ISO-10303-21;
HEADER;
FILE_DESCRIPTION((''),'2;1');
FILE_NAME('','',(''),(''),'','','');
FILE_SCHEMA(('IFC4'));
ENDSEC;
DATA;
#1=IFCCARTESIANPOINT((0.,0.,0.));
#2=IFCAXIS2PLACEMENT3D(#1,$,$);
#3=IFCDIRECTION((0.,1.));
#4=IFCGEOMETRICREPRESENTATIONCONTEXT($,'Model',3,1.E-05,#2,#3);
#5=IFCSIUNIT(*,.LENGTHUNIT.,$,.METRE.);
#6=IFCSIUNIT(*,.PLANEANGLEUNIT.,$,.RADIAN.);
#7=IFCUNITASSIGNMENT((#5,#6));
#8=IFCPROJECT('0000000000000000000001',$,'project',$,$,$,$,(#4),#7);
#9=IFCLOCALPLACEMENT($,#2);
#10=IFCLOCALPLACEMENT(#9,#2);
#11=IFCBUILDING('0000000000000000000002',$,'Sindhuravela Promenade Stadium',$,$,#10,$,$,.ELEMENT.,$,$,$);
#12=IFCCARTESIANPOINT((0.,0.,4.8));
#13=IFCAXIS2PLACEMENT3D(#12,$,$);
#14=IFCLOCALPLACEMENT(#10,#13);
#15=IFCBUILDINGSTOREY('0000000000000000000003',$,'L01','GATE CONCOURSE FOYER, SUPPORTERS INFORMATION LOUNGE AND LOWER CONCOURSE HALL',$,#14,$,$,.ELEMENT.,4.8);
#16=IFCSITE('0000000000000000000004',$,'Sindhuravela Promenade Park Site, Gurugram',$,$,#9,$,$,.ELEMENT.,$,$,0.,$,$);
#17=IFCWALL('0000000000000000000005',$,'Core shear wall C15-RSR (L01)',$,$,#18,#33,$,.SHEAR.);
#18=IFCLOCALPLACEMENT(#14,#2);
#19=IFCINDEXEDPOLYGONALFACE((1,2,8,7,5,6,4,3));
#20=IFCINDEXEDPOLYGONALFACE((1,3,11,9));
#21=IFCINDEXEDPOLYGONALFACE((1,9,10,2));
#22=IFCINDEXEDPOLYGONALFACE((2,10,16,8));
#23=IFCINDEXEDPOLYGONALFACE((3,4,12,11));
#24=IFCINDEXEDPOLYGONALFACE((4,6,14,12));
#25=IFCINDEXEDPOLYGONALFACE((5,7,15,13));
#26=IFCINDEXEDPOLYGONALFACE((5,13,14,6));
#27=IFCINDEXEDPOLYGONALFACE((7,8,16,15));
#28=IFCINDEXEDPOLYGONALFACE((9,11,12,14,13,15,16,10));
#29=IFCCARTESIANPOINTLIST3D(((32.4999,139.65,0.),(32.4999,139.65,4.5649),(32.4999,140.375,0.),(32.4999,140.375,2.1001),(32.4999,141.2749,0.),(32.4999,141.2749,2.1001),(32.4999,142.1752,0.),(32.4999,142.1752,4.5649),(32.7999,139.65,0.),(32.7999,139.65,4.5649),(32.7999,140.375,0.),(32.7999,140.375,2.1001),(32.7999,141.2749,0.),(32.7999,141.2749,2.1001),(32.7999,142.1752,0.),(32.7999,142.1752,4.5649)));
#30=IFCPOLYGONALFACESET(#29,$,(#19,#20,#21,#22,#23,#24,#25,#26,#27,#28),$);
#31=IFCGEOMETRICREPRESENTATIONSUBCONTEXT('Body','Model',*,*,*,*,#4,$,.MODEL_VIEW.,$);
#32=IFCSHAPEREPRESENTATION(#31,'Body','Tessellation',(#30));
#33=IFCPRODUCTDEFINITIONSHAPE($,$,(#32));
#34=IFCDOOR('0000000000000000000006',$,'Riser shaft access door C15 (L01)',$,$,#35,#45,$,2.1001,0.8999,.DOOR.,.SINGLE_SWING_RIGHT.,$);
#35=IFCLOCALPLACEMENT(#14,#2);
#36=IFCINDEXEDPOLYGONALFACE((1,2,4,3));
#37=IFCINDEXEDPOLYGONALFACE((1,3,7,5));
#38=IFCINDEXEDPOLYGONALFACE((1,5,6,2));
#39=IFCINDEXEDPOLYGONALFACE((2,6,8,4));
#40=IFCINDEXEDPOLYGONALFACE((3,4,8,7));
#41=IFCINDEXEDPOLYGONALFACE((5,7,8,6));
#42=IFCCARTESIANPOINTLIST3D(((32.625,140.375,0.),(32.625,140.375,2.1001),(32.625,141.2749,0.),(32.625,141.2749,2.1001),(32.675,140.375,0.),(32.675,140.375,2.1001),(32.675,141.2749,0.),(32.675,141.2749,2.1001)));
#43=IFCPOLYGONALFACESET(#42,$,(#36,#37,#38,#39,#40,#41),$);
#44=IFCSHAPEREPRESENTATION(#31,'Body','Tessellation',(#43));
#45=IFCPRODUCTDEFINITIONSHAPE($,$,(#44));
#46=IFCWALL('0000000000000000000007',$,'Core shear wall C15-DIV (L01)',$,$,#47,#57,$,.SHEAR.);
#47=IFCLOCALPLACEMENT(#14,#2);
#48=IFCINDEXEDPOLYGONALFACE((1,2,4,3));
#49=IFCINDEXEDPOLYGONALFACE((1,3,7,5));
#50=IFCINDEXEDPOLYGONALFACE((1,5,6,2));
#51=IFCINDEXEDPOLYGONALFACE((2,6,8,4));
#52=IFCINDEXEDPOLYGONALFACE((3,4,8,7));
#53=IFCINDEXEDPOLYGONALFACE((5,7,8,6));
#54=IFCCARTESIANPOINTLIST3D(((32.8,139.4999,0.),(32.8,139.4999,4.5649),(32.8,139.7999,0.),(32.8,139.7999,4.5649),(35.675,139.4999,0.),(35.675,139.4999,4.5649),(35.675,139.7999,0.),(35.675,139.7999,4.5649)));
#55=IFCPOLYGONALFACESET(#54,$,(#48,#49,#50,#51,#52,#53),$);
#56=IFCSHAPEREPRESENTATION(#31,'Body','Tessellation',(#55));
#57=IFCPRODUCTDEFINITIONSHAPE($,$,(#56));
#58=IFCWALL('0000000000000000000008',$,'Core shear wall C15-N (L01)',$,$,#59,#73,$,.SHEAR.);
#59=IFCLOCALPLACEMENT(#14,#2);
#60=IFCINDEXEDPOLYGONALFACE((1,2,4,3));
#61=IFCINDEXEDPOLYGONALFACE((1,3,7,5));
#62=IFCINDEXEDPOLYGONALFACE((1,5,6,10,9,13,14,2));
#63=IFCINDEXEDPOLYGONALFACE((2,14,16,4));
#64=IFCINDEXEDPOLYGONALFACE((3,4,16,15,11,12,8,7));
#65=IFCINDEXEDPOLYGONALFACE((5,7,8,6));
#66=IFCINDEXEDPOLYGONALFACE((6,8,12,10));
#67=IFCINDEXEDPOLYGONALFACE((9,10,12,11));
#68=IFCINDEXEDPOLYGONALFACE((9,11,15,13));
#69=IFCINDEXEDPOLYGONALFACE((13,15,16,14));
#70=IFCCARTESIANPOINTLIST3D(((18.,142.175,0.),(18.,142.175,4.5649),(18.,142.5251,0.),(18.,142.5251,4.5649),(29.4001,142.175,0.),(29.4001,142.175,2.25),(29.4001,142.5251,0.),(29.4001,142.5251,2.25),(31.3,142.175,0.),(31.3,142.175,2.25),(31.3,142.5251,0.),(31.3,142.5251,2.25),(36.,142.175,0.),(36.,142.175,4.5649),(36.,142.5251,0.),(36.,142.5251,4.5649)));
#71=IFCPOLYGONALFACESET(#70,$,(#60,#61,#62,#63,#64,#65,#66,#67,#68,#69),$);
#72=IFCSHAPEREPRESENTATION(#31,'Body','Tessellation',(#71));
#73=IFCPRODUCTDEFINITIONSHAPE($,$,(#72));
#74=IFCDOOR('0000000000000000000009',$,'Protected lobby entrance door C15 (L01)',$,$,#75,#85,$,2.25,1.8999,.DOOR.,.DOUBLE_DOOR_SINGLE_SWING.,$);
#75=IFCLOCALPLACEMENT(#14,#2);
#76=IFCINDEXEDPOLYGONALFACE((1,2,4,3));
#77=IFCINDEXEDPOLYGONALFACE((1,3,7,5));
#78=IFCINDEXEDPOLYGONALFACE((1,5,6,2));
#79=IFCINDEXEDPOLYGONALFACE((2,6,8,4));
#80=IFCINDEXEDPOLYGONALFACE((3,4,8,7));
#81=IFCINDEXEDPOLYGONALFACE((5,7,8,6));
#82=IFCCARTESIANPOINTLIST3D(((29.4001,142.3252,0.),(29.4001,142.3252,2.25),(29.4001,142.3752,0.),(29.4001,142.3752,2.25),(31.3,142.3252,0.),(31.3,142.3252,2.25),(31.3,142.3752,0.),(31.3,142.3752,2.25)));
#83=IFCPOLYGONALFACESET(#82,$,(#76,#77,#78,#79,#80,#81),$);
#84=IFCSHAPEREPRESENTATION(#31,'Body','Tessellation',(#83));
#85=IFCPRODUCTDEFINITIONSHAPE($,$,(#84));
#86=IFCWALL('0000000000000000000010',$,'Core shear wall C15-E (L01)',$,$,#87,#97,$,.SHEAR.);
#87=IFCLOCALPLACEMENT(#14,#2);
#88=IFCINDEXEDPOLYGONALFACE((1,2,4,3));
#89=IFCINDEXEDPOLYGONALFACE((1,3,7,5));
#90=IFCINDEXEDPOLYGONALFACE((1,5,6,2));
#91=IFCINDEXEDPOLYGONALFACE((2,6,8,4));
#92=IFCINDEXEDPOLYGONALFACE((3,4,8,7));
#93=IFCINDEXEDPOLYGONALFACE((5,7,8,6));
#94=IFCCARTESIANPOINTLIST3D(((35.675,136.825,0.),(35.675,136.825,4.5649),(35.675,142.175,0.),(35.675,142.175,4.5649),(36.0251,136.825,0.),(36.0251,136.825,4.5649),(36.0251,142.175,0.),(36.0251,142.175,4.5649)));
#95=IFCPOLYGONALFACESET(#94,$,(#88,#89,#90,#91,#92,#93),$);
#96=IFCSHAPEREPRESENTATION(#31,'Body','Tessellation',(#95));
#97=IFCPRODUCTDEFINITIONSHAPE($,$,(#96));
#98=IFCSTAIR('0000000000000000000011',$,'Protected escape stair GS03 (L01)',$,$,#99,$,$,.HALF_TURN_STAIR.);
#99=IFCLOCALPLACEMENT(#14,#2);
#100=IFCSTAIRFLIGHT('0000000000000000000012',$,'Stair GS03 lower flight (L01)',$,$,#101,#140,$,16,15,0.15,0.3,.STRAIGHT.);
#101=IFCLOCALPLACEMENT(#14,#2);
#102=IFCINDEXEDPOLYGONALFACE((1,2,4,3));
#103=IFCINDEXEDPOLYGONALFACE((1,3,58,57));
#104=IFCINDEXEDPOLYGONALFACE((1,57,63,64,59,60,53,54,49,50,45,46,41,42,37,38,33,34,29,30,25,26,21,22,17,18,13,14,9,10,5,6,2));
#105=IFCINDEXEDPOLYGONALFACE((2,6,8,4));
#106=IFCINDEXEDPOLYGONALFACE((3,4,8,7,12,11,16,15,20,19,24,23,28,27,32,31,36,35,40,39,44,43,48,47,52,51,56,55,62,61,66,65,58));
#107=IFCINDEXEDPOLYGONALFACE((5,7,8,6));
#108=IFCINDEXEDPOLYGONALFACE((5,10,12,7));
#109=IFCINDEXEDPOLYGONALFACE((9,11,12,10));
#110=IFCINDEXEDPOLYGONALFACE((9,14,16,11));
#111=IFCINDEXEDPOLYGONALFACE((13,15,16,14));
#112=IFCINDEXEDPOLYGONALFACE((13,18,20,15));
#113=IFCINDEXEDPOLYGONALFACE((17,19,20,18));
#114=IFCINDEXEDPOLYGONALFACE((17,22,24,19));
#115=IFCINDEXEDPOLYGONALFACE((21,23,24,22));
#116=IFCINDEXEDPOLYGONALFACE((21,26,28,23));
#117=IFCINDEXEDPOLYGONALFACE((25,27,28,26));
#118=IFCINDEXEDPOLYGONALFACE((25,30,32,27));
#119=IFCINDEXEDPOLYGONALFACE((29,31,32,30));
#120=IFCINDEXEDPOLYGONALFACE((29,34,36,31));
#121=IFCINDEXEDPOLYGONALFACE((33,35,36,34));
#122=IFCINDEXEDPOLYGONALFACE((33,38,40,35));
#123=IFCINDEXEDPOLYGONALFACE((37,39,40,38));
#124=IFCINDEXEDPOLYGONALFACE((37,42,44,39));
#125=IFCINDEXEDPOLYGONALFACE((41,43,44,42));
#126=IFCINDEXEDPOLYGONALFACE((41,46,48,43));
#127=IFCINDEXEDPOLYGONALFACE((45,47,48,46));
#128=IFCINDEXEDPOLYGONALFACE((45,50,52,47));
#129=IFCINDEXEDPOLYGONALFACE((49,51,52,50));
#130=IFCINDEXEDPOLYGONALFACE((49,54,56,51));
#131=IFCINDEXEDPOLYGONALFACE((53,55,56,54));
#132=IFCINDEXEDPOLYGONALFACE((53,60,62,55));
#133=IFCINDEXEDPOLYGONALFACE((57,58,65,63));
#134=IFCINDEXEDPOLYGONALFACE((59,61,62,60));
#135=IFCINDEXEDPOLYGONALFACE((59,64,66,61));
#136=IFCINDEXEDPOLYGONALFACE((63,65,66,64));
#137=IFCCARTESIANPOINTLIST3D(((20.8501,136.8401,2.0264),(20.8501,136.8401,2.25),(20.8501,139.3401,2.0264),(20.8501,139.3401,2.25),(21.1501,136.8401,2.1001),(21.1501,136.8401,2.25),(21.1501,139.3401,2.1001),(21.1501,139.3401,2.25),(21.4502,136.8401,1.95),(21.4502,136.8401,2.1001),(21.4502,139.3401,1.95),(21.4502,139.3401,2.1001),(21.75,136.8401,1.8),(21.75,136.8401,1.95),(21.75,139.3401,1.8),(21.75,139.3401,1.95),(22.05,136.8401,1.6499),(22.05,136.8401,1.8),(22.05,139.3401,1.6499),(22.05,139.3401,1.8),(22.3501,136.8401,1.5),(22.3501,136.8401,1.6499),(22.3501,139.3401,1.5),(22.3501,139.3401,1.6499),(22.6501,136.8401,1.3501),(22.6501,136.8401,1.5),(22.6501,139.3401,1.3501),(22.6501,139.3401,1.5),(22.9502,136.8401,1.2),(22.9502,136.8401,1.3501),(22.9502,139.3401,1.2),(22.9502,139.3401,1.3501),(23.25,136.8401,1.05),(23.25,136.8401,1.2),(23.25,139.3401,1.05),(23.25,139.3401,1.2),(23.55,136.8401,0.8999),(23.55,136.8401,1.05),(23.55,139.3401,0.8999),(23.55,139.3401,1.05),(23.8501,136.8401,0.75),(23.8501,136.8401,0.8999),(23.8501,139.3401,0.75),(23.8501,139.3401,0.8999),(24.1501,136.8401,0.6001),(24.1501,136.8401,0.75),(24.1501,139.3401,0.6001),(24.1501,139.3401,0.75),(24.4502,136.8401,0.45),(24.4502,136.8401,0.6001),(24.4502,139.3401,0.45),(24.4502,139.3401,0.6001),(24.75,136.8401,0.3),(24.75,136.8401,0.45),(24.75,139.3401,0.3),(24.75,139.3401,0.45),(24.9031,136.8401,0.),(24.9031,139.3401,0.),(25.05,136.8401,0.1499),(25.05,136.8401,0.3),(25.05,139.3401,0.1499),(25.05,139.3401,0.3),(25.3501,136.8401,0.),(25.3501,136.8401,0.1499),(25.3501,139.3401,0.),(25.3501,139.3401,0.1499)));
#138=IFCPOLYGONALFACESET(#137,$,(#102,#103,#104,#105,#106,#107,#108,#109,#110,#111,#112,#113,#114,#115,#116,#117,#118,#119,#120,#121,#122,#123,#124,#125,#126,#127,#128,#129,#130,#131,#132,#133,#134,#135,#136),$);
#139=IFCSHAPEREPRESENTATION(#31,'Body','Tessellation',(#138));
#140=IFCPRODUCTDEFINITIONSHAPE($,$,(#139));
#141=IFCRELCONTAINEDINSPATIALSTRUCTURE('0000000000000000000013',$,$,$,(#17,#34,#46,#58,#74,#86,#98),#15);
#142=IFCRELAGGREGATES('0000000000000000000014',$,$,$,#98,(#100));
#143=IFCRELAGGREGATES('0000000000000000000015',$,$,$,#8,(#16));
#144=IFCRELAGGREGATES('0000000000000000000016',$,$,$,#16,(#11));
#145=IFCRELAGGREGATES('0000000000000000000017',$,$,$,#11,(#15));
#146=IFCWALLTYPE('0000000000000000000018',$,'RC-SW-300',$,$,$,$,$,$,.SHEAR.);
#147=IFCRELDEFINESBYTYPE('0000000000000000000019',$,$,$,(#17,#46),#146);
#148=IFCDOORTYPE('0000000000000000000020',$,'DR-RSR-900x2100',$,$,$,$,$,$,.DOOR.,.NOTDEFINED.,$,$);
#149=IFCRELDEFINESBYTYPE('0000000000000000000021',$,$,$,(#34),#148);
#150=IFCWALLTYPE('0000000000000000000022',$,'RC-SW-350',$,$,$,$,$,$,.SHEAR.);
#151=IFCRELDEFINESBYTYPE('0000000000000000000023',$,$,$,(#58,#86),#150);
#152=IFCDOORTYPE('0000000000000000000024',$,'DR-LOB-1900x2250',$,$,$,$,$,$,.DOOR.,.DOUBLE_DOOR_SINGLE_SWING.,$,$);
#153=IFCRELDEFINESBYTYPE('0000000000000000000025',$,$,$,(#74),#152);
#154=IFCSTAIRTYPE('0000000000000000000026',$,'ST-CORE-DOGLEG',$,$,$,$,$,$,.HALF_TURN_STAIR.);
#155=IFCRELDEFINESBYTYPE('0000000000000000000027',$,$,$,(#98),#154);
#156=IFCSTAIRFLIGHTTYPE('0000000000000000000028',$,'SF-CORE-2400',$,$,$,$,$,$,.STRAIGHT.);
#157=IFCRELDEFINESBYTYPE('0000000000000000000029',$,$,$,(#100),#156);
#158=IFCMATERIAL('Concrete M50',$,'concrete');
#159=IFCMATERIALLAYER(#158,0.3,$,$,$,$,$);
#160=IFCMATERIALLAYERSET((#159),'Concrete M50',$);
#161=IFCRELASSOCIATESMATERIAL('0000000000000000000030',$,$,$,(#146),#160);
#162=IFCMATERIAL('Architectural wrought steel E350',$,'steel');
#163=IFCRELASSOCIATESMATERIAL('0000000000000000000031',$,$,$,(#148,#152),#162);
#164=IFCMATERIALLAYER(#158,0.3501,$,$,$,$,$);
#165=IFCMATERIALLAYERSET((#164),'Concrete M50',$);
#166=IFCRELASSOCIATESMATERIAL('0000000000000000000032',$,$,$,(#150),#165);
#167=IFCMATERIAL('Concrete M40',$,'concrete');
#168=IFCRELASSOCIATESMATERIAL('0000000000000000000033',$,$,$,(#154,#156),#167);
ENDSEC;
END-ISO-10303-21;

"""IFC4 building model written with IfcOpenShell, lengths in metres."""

from ifc_helpers import new_model, si_unit, direction, frame, frame_2d, origin, place, context, subcontext, project, spatial, polyline, rectangle, outline, extrude, material, layer, layer_set, type_object, element, fill, aggregate, save


model = new_model("IFC4")

# Units and contexts
model_context = context("Model", 3, precision=1e-05, world=origin(), true_north=direction((0.0, 1.0)))
body_context = subcontext(model_context, "Body", "Model", "MODEL_VIEW")
ifc_project = project(units=[si_unit("LENGTHUNIT", "METRE"), si_unit("PLANEANGLEUNIT", "RADIAN")], contexts=[model_context])

# Site, building, storey
site_placement = place(None, origin())
site = spatial("IfcSite", under=ifc_project, at=site_placement, Name="Sindhuravela Promenade Park Site, Gurugram", CompositionType="ELEMENT", RefElevation=0.0)
building_placement = place(site_placement, origin())
building = spatial("IfcBuilding", under=site, at=building_placement, Name="Sindhuravela Promenade Stadium", CompositionType="ELEMENT")
storey_placement = place(building_placement, frame((0.0, 0.0, 4.8)))
storey = spatial("IfcBuildingStorey", under=building, at=storey_placement, Name="L01", Description="GATE CONCOURSE FOYER, SUPPORTERS INFORMATION LOUNGE AND LOWER CONCOURSE HALL", CompositionType="ELEMENT", Elevation=4.8)

# Shared definitions
ifc_material_1 = material(Name="Concrete M40", Category="concrete")

# Wall, opening, door
ifc_material_2 = material(Name="Concrete M50", Category="concrete")
ifc_layer_1 = layer(ifc_material_2, 0.3)
ifc_layer_set_1 = layer_set([ifc_layer_1], Name="Concrete M50")
wall_type_1 = type_object("IfcWallType", Name="RC-SW-300", PredefinedType="SHEAR", material=ifc_layer_set_1)
ifc_material_3 = material(Name="Architectural wrought steel E350", Category="steel")
wall_1_placement = place(storey_placement, frame((32.6499, 139.6499, 0.0), z_axis=(0.0, 0.0, 1.0), x_axis=(0.0, 1.0, 0.0)))
wall_1 = element("IfcWall", 1, at=wall_1_placement, inside=storey, type_object=wall_type_1, Name="Core shear wall C15-RSR (L01)", PredefinedType="SHEAR", context=body_context, shape_type="SweptSolid", body=[
    extrude(rectangle(XDim=2.5251, YDim=0.3, at=frame_2d((1.2627, 0.0))), origin(), (0.0, 0.0, 1.0), 4.5649),
])
opening_1_placement = place(wall_1_placement, frame((0.7251, 0.0, 0.0)))
opening_1 = element("IfcOpeningElement", 2, at=opening_1_placement, cuts=wall_1, PredefinedType="OPENING", context=body_context, shape_type="SweptSolid", body=[
    extrude(rectangle(XDim=0.8999, YDim=2.1001, at=frame_2d((0.45, 1.05))), frame((0.0, 0.1599, 0.0), z_axis=(0.0, -1.0, 0.0), x_axis=(1.0, 0.0, 0.0)), (0.0, 0.0, 1.0), 0.3201),
])
door_type_1 = type_object("IfcDoorType", Name="DR-RSR-900x2100", OperationType="NOTDEFINED", PredefinedType="DOOR", material=ifc_material_3)
door_1_placement = place(opening_1_placement, origin())
door_1 = element("IfcDoor", 3, at=door_1_placement, inside=storey, type_object=door_type_1, Name="Riser shaft access door C15 (L01)", OperationType="SINGLE_SWING_RIGHT", OverallHeight=2.1001, OverallWidth=0.8999, PredefinedType="DOOR", context=body_context, shape_type="SweptSolid", body=[
    extrude(rectangle(XDim=0.8999, YDim=2.1001, at=frame_2d((0.45, 1.05))), frame((0.0, 0.0249, 0.0), z_axis=(0.0, -1.0, 0.0), x_axis=(1.0, 0.0, 0.0)), (0.0, 0.0, 1.0), 0.05),
])
fill(opening_1, door_1)

# Wall
wall_2_placement = place(storey_placement, frame((32.8, 139.6499, 0.0), z_axis=(0.0, 0.0, 1.0), x_axis=(1.0, 0.0, 0.0)))
element("IfcWall", 4, at=wall_2_placement, inside=storey, type_object=wall_type_1, Name="Core shear wall C15-DIV (L01)", PredefinedType="SHEAR", context=body_context, shape_type="SweptSolid", body=[
    extrude(rectangle(XDim=2.875, YDim=0.3, at=frame_2d((1.4375, 0.0))), origin(), (0.0, 0.0, 1.0), 4.5649),
])

# Wall, opening, door
ifc_layer_2 = layer(ifc_material_2, 0.3501)
ifc_layer_set_2 = layer_set([ifc_layer_2], Name="Concrete M50")
wall_type_2 = type_object("IfcWallType", Name="RC-SW-350", PredefinedType="SHEAR", material=ifc_layer_set_2)
wall_3_placement = place(storey_placement, frame((36.0, 142.3501, 0.0), z_axis=(0.0, 0.0, 1.0), x_axis=(-1.0, 0.0, 0.0)))
wall_3 = element("IfcWall", 5, at=wall_3_placement, inside=storey, type_object=wall_type_2, Name="Core shear wall C15-N (L01)", PredefinedType="SHEAR", context=body_context, shape_type="SweptSolid", body=[
    extrude(rectangle(XDim=18.0, YDim=0.3501, at=frame_2d((9.0, 0.0))), origin(), (0.0, 0.0, 1.0), 4.5649),
])
opening_2_placement = place(wall_3_placement, frame((4.7, 0.0, 0.0)))
opening_2 = element("IfcOpeningElement", 6, at=opening_2_placement, cuts=wall_3, PredefinedType="OPENING", context=body_context, shape_type="SweptSolid", body=[
    extrude(rectangle(XDim=1.8999, YDim=2.25, at=frame_2d((0.95, 1.125))), frame((0.0, 0.1851, 0.0), z_axis=(0.0, -1.0, 0.0), x_axis=(1.0, 0.0, 0.0)), (0.0, 0.0, 1.0), 0.3701),
])
door_type_2 = type_object("IfcDoorType", Name="DR-LOB-1900x2250", OperationType="DOUBLE_DOOR_SINGLE_SWING", PredefinedType="DOOR", material=ifc_material_3)
door_2_placement = place(opening_2_placement, origin())
door_2 = element("IfcDoor", 7, at=door_2_placement, inside=storey, type_object=door_type_2, Name="Protected lobby entrance door C15 (L01)", OperationType="DOUBLE_DOOR_SINGLE_SWING", OverallHeight=2.25, OverallWidth=1.8999, PredefinedType="DOOR", context=body_context, shape_type="SweptSolid", body=[
    extrude(rectangle(XDim=1.8999, YDim=2.25, at=frame_2d((0.95, 1.125))), frame((0.0, 0.0249, 0.0), z_axis=(0.0, -1.0, 0.0), x_axis=(1.0, 0.0, 0.0)), (0.0, 0.0, 1.0), 0.05),
])
fill(opening_2, door_2)

# Wall
wall_4_placement = place(storey_placement, frame((35.8501, 136.825, 0.0), z_axis=(0.0, 0.0, 1.0), x_axis=(0.0, 1.0, 0.0)))
element("IfcWall", 8, at=wall_4_placement, inside=storey, type_object=wall_type_2, Name="Core shear wall C15-E (L01)", PredefinedType="SHEAR", context=body_context, shape_type="SweptSolid", body=[
    extrude(rectangle(XDim=5.3501, YDim=0.3501, at=frame_2d((2.675, 0.0))), origin(), (0.0, 0.0, 1.0), 4.5649),
])

# Stair, stair flight
stair_type = type_object("IfcStairType", Name="ST-CORE-DOGLEG", PredefinedType="HALF_TURN_STAIR", material=ifc_material_1)
stair_placement = place(storey_placement, origin())
stair = element("IfcStair", 9, at=stair_placement, inside=storey, type_object=stair_type, Name="Protected escape stair GS03 (L01)", PredefinedType="HALF_TURN_STAIR")
stair_flight_type = type_object("IfcStairFlightType", Name="SF-CORE-2400", PredefinedType="STRAIGHT", material=ifc_material_1)
stair_flight_1_placement = place(storey_placement, frame((25.3501, 138.0901, 0.0), z_axis=(0.0, 0.0, 1.0), x_axis=(-1.0, 0.0, 0.0)))
stair_flight_1 = element("IfcStairFlight", 10, at=stair_flight_1_placement, type_object=stair_flight_type, Name="Stair GS03 lower flight (L01)", NumberOfRisers=16, NumberOfTreads=15, PredefinedType="STRAIGHT", RiserHeight=0.15, TreadLength=0.3, context=body_context, shape_type="SweptSolid", body=[
    extrude(outline(polyline([(0.0, 0.0), (0.0, 0.1499), (0.3, 0.1499), (0.3, 0.3), (0.6001, 0.3), (0.6001, 0.45), (0.8999, 0.45), (0.8999, 0.6001), (1.2, 0.6001), (1.2, 0.75), (1.5, 0.75), (1.5, 0.8999), (1.8, 0.8999), (1.8, 1.05), (2.1001, 1.05), (2.1001, 1.2), (2.3999, 1.2), (2.3999, 1.3501), (2.7, 1.3501), (2.7, 1.5), (3.0, 1.5), (3.0, 1.6499), (3.3, 1.6499), (3.3, 1.8), (3.6001, 1.8), (3.6001, 1.95), (3.8999, 1.95), (3.8999, 2.1001), (4.2, 2.1001), (4.2, 2.25), (4.5, 2.25), (4.5, 2.3999), (4.5, 2.0264), (0.447, 0.0), (0.0, 0.0)])), frame((0.0, 1.25, 0.0), z_axis=(0.0, -1.0, 0.0), x_axis=(1.0, 0.0, 0.0)), (0.0, 0.0, 1.0), 2.5),
])
aggregate(stair, [stair_flight_1])

save(model, "model.ifc")
